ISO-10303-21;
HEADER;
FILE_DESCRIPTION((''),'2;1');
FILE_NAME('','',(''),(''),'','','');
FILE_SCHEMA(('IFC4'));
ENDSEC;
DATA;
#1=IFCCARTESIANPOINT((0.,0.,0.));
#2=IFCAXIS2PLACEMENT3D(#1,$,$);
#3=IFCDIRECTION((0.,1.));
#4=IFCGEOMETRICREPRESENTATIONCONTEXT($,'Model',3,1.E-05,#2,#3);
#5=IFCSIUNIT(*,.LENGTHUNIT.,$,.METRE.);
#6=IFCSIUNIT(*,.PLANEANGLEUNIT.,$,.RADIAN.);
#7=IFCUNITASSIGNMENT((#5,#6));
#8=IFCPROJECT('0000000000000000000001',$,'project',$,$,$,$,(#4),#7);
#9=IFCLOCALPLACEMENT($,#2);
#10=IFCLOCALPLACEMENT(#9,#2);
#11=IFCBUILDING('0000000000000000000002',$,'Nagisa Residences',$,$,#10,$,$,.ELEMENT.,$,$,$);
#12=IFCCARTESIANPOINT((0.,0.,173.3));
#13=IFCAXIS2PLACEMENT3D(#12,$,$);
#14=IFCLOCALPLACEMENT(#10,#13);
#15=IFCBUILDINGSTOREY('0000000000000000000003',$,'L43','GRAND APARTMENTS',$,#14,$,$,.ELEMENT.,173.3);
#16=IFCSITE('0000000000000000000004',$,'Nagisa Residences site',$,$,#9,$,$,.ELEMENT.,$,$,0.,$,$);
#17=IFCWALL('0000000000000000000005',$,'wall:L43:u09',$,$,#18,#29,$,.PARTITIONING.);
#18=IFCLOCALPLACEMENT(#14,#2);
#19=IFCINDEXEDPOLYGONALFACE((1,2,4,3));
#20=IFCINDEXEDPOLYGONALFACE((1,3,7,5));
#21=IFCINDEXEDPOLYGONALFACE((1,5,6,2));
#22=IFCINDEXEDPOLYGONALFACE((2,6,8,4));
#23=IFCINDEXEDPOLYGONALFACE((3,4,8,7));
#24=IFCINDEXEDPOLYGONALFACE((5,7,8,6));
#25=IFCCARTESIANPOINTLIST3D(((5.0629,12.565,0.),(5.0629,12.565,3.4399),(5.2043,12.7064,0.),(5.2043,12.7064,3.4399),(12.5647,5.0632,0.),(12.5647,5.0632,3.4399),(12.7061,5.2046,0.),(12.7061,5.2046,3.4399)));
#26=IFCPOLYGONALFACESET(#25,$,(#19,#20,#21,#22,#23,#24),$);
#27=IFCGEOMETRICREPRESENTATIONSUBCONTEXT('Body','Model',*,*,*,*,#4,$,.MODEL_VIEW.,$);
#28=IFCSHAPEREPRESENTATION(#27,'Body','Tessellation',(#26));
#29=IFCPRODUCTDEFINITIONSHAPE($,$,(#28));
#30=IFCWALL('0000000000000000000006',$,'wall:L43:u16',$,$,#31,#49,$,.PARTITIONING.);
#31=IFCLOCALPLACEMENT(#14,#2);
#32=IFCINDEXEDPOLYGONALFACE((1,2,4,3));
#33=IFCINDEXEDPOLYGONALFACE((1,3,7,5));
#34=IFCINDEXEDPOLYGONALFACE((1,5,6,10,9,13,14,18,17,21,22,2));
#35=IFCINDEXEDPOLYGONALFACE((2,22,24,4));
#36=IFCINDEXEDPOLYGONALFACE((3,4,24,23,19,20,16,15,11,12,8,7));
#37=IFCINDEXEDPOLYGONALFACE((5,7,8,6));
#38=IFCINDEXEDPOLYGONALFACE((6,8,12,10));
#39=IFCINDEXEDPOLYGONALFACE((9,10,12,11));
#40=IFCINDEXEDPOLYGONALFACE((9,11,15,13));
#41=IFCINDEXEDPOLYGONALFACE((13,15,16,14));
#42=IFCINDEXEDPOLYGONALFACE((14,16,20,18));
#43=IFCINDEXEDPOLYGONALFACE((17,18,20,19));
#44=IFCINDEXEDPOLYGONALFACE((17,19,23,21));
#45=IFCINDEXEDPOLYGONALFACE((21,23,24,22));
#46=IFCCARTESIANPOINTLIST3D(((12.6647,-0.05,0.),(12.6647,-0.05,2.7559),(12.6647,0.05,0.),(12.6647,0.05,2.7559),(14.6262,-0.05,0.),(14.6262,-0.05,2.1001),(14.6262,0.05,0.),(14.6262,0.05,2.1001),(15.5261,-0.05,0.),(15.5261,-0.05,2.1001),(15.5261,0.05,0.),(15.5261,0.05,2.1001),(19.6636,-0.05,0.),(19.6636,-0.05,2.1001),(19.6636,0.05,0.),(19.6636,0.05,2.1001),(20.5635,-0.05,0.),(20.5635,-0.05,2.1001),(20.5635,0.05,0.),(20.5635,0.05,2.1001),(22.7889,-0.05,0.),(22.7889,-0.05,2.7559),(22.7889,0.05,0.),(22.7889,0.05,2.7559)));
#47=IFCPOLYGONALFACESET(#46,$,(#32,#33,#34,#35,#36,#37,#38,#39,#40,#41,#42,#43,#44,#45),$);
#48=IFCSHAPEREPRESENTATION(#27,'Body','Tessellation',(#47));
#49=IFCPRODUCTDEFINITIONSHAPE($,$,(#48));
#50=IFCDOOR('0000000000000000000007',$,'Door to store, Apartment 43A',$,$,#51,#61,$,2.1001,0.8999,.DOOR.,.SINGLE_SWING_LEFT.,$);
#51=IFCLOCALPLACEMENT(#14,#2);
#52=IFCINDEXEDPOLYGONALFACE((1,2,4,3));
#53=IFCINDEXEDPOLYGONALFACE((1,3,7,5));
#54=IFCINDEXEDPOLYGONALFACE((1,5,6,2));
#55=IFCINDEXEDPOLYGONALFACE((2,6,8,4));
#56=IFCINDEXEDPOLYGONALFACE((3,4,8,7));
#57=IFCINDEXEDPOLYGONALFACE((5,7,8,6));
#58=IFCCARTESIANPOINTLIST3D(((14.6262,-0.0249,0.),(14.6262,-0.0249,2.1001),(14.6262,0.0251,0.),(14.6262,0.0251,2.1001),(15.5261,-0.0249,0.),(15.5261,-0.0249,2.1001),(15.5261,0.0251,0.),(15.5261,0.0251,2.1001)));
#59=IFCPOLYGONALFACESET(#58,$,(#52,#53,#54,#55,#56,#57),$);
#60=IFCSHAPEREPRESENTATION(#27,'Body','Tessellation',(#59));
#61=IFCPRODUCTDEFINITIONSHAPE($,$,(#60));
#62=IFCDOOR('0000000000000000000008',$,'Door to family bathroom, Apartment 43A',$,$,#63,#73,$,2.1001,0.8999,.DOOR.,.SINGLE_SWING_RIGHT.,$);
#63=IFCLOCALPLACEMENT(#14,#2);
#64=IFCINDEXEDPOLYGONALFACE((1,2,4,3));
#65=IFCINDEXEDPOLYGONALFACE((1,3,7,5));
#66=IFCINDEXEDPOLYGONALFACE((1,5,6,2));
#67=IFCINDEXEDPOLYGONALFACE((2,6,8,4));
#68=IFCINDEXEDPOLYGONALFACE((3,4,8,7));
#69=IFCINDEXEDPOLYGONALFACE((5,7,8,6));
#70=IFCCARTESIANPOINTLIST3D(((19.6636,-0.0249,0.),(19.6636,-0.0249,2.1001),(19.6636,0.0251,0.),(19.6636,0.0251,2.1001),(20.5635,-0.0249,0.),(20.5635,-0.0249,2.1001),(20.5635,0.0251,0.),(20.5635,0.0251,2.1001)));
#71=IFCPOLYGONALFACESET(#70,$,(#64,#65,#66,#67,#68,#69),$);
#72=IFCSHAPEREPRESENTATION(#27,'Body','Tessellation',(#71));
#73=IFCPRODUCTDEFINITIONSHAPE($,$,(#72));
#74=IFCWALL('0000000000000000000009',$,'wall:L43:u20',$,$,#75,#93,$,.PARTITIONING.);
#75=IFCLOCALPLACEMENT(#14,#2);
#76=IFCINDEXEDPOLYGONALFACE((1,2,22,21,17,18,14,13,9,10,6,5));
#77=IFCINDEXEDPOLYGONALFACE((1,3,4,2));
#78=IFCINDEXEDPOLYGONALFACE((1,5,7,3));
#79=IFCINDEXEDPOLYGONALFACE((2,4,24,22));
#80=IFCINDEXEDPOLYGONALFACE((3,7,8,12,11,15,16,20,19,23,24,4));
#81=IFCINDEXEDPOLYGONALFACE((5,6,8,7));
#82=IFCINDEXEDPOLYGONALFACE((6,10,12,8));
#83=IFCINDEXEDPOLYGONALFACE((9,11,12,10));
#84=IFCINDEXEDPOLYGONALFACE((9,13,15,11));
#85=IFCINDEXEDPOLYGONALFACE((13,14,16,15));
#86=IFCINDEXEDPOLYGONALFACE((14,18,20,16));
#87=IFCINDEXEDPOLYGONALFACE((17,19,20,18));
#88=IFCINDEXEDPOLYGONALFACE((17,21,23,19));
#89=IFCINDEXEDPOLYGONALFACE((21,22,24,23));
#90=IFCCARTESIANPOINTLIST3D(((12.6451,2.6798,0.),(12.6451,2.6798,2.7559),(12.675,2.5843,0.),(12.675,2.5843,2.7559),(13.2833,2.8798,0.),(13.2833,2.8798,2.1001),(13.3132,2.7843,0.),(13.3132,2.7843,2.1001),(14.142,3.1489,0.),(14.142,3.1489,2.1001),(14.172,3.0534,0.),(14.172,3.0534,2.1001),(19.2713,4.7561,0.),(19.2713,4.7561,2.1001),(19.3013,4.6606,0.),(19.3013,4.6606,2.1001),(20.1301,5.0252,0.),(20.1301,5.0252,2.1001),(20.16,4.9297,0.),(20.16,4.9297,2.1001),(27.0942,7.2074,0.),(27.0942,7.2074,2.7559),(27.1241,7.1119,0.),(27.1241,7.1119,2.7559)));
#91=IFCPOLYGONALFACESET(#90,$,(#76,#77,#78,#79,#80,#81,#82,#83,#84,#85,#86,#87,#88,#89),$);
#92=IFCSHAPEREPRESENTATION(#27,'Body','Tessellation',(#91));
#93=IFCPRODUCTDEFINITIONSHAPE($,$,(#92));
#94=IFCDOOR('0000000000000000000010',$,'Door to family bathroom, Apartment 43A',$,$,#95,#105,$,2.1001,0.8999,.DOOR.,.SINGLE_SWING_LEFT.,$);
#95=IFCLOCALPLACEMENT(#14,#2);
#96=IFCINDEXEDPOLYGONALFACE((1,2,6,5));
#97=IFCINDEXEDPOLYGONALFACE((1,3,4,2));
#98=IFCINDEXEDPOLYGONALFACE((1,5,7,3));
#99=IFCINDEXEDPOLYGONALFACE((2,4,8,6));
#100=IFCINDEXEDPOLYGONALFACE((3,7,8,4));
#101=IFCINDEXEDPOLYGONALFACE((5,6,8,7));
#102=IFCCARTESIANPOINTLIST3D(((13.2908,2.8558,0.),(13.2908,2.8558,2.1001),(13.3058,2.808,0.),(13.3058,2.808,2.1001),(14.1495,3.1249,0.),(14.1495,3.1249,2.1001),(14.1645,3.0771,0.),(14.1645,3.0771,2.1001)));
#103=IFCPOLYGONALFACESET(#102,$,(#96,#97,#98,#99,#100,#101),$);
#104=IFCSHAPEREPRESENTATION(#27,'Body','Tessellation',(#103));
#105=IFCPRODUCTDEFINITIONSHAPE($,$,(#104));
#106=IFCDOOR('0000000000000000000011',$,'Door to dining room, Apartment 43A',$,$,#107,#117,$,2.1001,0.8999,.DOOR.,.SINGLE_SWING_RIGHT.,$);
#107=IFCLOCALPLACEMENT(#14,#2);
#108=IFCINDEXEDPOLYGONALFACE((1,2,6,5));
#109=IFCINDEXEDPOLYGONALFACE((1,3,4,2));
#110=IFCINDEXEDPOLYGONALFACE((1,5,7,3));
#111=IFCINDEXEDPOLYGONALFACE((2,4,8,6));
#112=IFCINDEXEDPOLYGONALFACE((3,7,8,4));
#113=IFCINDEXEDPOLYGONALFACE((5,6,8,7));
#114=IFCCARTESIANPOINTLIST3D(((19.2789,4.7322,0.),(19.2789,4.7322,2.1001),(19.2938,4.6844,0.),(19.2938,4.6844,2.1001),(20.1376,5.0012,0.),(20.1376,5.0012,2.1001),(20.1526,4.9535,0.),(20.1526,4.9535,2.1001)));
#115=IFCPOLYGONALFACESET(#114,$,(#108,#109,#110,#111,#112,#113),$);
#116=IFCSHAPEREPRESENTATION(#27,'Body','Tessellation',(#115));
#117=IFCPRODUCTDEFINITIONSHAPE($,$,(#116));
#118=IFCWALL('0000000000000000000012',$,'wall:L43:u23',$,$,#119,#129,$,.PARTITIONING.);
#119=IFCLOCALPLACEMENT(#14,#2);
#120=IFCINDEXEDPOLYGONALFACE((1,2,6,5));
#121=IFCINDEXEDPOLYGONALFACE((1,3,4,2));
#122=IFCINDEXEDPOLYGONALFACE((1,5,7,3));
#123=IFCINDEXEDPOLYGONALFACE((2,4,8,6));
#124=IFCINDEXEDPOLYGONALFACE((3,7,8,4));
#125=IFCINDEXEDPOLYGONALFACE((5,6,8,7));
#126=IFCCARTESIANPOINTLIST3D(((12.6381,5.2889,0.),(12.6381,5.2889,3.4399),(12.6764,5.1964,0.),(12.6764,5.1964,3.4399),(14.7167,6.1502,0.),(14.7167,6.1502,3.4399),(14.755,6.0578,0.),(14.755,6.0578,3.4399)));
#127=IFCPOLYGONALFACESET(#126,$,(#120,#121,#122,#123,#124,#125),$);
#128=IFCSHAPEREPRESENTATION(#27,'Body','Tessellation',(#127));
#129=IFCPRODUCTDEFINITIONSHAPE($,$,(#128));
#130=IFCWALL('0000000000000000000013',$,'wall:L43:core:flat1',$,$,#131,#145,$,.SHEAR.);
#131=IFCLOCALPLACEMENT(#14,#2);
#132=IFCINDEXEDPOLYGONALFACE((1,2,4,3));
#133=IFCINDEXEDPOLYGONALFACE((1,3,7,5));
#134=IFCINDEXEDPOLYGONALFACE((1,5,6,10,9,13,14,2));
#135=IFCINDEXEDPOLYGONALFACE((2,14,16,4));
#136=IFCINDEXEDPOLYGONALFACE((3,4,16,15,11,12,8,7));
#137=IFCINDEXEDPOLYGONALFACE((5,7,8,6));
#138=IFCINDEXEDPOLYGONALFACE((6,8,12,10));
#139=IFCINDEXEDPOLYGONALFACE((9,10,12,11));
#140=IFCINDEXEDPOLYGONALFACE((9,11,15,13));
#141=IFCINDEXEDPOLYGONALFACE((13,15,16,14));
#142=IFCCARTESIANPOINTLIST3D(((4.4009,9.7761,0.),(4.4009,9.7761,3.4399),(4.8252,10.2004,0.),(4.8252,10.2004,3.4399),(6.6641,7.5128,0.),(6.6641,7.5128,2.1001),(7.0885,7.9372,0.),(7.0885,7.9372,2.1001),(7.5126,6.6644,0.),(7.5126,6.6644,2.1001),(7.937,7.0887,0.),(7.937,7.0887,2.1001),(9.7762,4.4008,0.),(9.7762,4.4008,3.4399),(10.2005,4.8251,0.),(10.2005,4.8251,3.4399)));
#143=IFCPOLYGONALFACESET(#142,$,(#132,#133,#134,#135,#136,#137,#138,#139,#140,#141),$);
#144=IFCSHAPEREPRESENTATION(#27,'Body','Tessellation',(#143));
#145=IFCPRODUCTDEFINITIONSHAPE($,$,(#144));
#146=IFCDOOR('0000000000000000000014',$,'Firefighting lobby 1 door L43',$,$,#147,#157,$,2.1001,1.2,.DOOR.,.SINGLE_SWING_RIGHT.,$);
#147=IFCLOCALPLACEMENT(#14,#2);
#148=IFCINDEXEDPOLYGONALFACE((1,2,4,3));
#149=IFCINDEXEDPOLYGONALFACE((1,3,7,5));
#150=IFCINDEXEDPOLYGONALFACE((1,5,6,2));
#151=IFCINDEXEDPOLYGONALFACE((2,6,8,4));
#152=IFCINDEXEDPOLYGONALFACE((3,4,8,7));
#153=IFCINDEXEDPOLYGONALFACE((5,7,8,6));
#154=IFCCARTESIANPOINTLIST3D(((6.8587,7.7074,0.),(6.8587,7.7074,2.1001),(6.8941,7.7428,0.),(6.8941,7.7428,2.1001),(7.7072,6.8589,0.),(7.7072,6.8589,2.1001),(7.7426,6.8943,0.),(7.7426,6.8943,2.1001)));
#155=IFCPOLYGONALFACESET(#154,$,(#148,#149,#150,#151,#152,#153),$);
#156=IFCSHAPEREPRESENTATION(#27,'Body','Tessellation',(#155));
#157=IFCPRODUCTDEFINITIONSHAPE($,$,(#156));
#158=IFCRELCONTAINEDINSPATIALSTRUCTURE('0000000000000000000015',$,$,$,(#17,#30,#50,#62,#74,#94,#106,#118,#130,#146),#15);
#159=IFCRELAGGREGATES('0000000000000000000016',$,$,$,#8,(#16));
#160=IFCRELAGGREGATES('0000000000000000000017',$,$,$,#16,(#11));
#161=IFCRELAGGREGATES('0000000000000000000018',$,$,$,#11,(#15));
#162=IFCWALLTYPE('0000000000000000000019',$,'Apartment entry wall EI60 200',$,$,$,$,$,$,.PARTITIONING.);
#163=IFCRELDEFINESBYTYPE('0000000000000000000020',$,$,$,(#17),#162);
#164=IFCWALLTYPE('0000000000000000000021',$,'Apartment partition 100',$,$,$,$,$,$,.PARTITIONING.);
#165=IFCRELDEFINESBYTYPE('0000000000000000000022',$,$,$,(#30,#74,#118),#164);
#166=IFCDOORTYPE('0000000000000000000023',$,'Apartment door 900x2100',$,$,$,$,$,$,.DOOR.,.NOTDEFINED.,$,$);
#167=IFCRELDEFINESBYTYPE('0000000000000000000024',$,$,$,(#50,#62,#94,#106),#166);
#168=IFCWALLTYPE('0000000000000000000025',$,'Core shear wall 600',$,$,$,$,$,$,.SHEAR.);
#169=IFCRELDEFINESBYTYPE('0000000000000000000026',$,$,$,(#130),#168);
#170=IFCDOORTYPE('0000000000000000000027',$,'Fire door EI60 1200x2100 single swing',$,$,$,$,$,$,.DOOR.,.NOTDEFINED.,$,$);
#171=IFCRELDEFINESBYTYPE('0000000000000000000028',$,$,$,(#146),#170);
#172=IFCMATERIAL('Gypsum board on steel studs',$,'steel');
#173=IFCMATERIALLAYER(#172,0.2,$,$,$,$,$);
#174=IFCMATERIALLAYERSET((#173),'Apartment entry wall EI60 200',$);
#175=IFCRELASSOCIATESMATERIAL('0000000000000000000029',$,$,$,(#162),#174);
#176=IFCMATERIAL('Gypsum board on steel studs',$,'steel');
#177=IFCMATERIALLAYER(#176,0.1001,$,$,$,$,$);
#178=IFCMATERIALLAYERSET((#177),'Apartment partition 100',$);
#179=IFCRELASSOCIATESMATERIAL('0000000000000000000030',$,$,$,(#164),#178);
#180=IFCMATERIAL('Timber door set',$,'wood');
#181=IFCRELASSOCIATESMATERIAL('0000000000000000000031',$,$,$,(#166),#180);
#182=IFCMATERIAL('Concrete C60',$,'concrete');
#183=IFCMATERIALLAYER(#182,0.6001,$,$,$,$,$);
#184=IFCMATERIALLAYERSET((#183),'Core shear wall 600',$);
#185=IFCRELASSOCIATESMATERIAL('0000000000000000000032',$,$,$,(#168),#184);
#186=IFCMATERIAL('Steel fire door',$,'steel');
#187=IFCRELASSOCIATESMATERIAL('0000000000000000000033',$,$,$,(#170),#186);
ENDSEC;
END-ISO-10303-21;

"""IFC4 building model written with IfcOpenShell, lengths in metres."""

from ifc_helpers import new_model, si_unit, direction, frame, frame_2d, origin, place, context, subcontext, project, spatial, rectangle, extrude, material, layer, layer_set, type_object, element, fill, save


model = new_model("IFC4")

# Units and contexts
model_context = context("Model", 3, precision=1e-05, world=origin(), true_north=direction((0.0, 1.0)))
body_context = subcontext(model_context, "Body", "Model", "MODEL_VIEW")
ifc_project = project(units=[si_unit("LENGTHUNIT", "METRE"), si_unit("PLANEANGLEUNIT", "RADIAN")], contexts=[model_context])

# Site, building, storey
site_placement = place(None, origin())
site = spatial("IfcSite", under=ifc_project, at=site_placement, Name="Nagisa Residences site", CompositionType="ELEMENT", RefElevation=0.0)
building_placement = place(site_placement, origin())
building = spatial("IfcBuilding", under=site, at=building_placement, Name="Nagisa Residences", CompositionType="ELEMENT")
storey_placement = place(building_placement, frame((0.0, 0.0, 173.3)))
storey = spatial("IfcBuildingStorey", under=building, at=storey_placement, Name="L43", Description="GRAND APARTMENTS", CompositionType="ELEMENT", Elevation=173.3)

# Wall
ifc_material_1 = material(Name="Gypsum board on steel studs", Category="steel")
ifc_layer_1 = layer(ifc_material_1, 0.2)
ifc_layer_set_1 = layer_set([ifc_layer_1], Name="Apartment entry wall EI60 200")
wall_type_1 = type_object("IfcWallType", Name="Apartment entry wall EI60 200", PredefinedType="PARTITIONING", material=ifc_layer_set_1)
wall_1_placement = place(storey_placement, frame((12.6355, 5.1338, 0.0), z_axis=(0.0, 0.0, 1.0), x_axis=(-0.707107, 0.707107, 0.0)))
element("IfcWall", 1, at=wall_1_placement, inside=storey, type_object=wall_type_1, Name="wall:L43:u09", PredefinedType="PARTITIONING", context=body_context, shape_type="SweptSolid", body=[
    extrude(rectangle(XDim=10.6091, YDim=0.2, at=frame_2d((5.3047, 0.0))), origin(), (0.0, 0.0, 1.0), 3.4399),
])

# Walls, openings, doors
ifc_material_2 = material(Name="Gypsum board on steel studs", Category="steel")
ifc_layer_2 = layer(ifc_material_2, 0.1001)
ifc_layer_set_2 = layer_set([ifc_layer_2], Name="Apartment partition 100")
wall_type_2 = type_object("IfcWallType", Name="Apartment partition 100", PredefinedType="PARTITIONING", material=ifc_layer_set_2)
wall_2_placement = place(storey_placement, frame((12.6648, 0.0, 0.0), z_axis=(0.0, 0.0, 1.0), x_axis=(1.0, 0.0, 0.0)))
wall_2 = element("IfcWall", 2, at=wall_2_placement, inside=storey, type_object=wall_type_2, Name="wall:L43:u16", PredefinedType="PARTITIONING", context=body_context, shape_type="SweptSolid", body=[
    extrude(rectangle(XDim=10.1243, YDim=0.1001, at=frame_2d((5.062, 0.0))), origin(), (0.0, 0.0, 1.0), 2.7559),
])
opening_1_placement = place(wall_2_placement, frame((1.9614, 0.0, 0.0)))
opening_1 = element("IfcOpeningElement", 3, at=opening_1_placement, cuts=wall_2, PredefinedType="OPENING", context=body_context, shape_type="SweptSolid", body=[
    extrude(rectangle(XDim=0.8999, YDim=2.1001, at=frame_2d((0.45, 1.05))), frame((0.0, 0.0601, 0.0), z_axis=(0.0, -1.0, 0.0), x_axis=(1.0, 0.0, 0.0)), (0.0, 0.0, 1.0), 0.1201),
])
opening_2_placement = place(wall_2_placement, frame((6.9988, 0.0, 0.0)))
opening_2 = element("IfcOpeningElement", 4, at=opening_2_placement, cuts=wall_2, PredefinedType="OPENING", context=body_context, shape_type="SweptSolid", body=[
    extrude(rectangle(XDim=0.8999, YDim=2.1001, at=frame_2d((0.45, 1.05))), frame((0.0, 0.0601, 0.0), z_axis=(0.0, -1.0, 0.0), x_axis=(1.0, 0.0, 0.0)), (0.0, 0.0, 1.0), 0.1201),
])
ifc_material_3 = material(Name="Timber door set", Category="wood")
door_type_1 = type_object("IfcDoorType", Name="Apartment door 900x2100", OperationType="NOTDEFINED", PredefinedType="DOOR", material=ifc_material_3)
door_1_placement = place(opening_1_placement, frame((0.8999, 0.0, 0.0), x_axis=(-1.0, 0.0, 0.0)))
door_1 = element("IfcDoor", 5, at=door_1_placement, inside=storey, type_object=door_type_1, Name="Door to store, Apartment 43A", OperationType="SINGLE_SWING_LEFT", OverallHeight=2.1001, OverallWidth=0.8999, PredefinedType="DOOR", context=body_context, shape_type="SweptSolid", body=[
    extrude(rectangle(XDim=0.8999, YDim=2.1001, at=frame_2d((0.45, 1.05))), frame((0.0, 0.0249, 0.0), z_axis=(0.0, -1.0, 0.0), x_axis=(1.0, 0.0, 0.0)), (0.0, 0.0, 1.0), 0.05),
])
fill(opening_1, door_1)
door_2_placement = place(opening_2_placement, frame((0.8999, 0.0, 0.0), x_axis=(-1.0, 0.0, 0.0)))
door_2 = element("IfcDoor", 6, at=door_2_placement, inside=storey, type_object=door_type_1, Name="Door to family bathroom, Apartment 43A", OperationType="SINGLE_SWING_RIGHT", OverallHeight=2.1001, OverallWidth=0.8999, PredefinedType="DOOR", context=body_context, shape_type="SweptSolid", body=[
    extrude(rectangle(XDim=0.8999, YDim=2.1001, at=frame_2d((0.45, 1.05))), frame((0.0, 0.0249, 0.0), z_axis=(0.0, -1.0, 0.0), x_axis=(1.0, 0.0, 0.0)), (0.0, 0.0, 1.0), 0.05),
])
fill(opening_2, door_2)
wall_3_placement = place(storey_placement, frame((12.6602, 2.6321, 0.0), z_axis=(0.0, 0.0, 1.0), x_axis=(0.954249, 0.299014, 0.0)))
wall_3 = element("IfcWall", 7, at=wall_3_placement, inside=storey, type_object=wall_type_2, Name="wall:L43:u20", PredefinedType="PARTITIONING", context=body_context, shape_type="SweptSolid", body=[
    extrude(rectangle(XDim=15.1418, YDim=0.1001, at=frame_2d((7.5708, 0.0))), origin(), (0.0, 0.0, 1.0), 2.7559),
])
opening_3_placement = place(wall_3_placement, frame((0.6687, 0.0, 0.0)))
opening_3 = element("IfcOpeningElement", 8, at=opening_3_placement, cuts=wall_3, PredefinedType="OPENING", context=body_context, shape_type="SweptSolid", body=[
    extrude(rectangle(XDim=0.8999, YDim=2.1001, at=frame_2d((0.45, 1.05))), frame((0.0, 0.0601, 0.0), z_axis=(0.0, -1.0, 0.0), x_axis=(1.0, 0.0, 0.0)), (0.0, 0.0, 1.0), 0.1201),
])
opening_4_placement = place(wall_3_placement, frame((6.9438, 0.0, 0.0)))
opening_4 = element("IfcOpeningElement", 9, at=opening_4_placement, cuts=wall_3, PredefinedType="OPENING", context=body_context, shape_type="SweptSolid", body=[
    extrude(rectangle(XDim=0.8999, YDim=2.1001, at=frame_2d((0.45, 1.05))), frame((0.0, 0.0601, 0.0), z_axis=(0.0, -1.0, 0.0), x_axis=(1.0, 0.0, 0.0)), (0.0, 0.0, 1.0), 0.1201),
])
door_3_placement = place(opening_3_placement, origin())
door_3 = element("IfcDoor", 10, at=door_3_placement, inside=storey, type_object=door_type_1, Name="Door to family bathroom, Apartment 43A", OperationType="SINGLE_SWING_LEFT", OverallHeight=2.1001, OverallWidth=0.8999, PredefinedType="DOOR", context=body_context, shape_type="SweptSolid", body=[
    extrude(rectangle(XDim=0.8999, YDim=2.1001, at=frame_2d((0.45, 1.05))), frame((0.0, 0.0249, 0.0), z_axis=(0.0, -1.0, 0.0), x_axis=(1.0, 0.0, 0.0)), (0.0, 0.0, 1.0), 0.05),
])
fill(opening_3, door_3)
door_4_placement = place(opening_4_placement, origin())
door_4 = element("IfcDoor", 11, at=door_4_placement, inside=storey, type_object=door_type_1, Name="Door to dining room, Apartment 43A", OperationType="SINGLE_SWING_RIGHT", OverallHeight=2.1001, OverallWidth=0.8999, PredefinedType="DOOR", context=body_context, shape_type="SweptSolid", body=[
    extrude(rectangle(XDim=0.8999, YDim=2.1001, at=frame_2d((0.45, 1.05))), frame((0.0, 0.0249, 0.0), z_axis=(0.0, -1.0, 0.0), x_axis=(1.0, 0.0, 0.0)), (0.0, 0.0, 1.0), 0.05),
])
fill(opening_4, door_4)

# Wall
wall_4_placement = place(storey_placement, frame((12.6572, 5.2427, 0.0), z_axis=(0.0, 0.0, 1.0), x_axis=(0.923826, 0.382812, 0.0)))
element("IfcWall", 12, at=wall_4_placement, inside=storey, type_object=wall_type_2, Name="wall:L43:u23", PredefinedType="PARTITIONING", context=body_context, shape_type="SweptSolid", body=[
    extrude(rectangle(XDim=2.25, YDim=0.1001, at=frame_2d((1.125, 0.0))), origin(), (0.0, 0.0, 1.0), 3.4399),
])

# Wall, opening, door
ifc_material_4 = material(Name="Concrete C60", Category="concrete")
ifc_layer_3 = layer(ifc_material_4, 0.6001)
ifc_layer_set_3 = layer_set([ifc_layer_3], Name="Core shear wall 600")
wall_type_3 = type_object("IfcWallType", Name="Core shear wall 600", PredefinedType="SHEAR", material=ifc_layer_set_3)
wall_5_placement = place(storey_placement, frame((9.9883, 4.613, 0.0), z_axis=(0.0, 0.0, 1.0), x_axis=(-0.707107, 0.707107, 0.0)))
wall_5 = element("IfcWall", 13, at=wall_5_placement, inside=storey, type_object=wall_type_3, Name="wall:L43:core:flat1", PredefinedType="SHEAR", context=body_context, shape_type="SweptSolid", body=[
    extrude(rectangle(XDim=7.6018, YDim=0.6001, at=frame_2d((3.8008, 0.0))), origin(), (0.0, 0.0, 1.0), 3.4399),
])
opening_5_placement = place(wall_5_placement, frame((3.2009, 0.0, 0.0)))
opening_5 = element("IfcOpeningElement", 14, at=opening_5_placement, cuts=wall_5, PredefinedType="OPENING", context=body_context, shape_type="SweptSolid", body=[
    extrude(rectangle(XDim=1.2, YDim=2.1001, at=frame_2d((0.6001, 1.05))), frame((0.0, 0.3101, 0.0), z_axis=(0.0, -1.0, 0.0), x_axis=(1.0, 0.0, 0.0)), (0.0, 0.0, 1.0), 0.6201),
])
ifc_material_5 = material(Name="Steel fire door", Category="steel")
door_type_2 = type_object("IfcDoorType", Name="Fire door EI60 1200x2100 single swing", OperationType="NOTDEFINED", PredefinedType="DOOR", material=ifc_material_5)
door_5_placement = place(opening_5_placement, origin())
door_5 = element("IfcDoor", 15, at=door_5_placement, inside=storey, type_object=door_type_2, Name="Firefighting lobby 1 door L43", OperationType="SINGLE_SWING_RIGHT", OverallHeight=2.1001, OverallWidth=1.2, PredefinedType="DOOR", context=body_context, shape_type="SweptSolid", body=[
    extrude(rectangle(XDim=1.2, YDim=2.1001, at=frame_2d((0.6001, 1.05))), frame((0.0, 0.0249, 0.0), z_axis=(0.0, -1.0, 0.0), x_axis=(1.0, 0.0, 0.0)), (0.0, 0.0, 1.0), 0.05),
])
fill(opening_5, door_5)

save(model, "model.ifc")
